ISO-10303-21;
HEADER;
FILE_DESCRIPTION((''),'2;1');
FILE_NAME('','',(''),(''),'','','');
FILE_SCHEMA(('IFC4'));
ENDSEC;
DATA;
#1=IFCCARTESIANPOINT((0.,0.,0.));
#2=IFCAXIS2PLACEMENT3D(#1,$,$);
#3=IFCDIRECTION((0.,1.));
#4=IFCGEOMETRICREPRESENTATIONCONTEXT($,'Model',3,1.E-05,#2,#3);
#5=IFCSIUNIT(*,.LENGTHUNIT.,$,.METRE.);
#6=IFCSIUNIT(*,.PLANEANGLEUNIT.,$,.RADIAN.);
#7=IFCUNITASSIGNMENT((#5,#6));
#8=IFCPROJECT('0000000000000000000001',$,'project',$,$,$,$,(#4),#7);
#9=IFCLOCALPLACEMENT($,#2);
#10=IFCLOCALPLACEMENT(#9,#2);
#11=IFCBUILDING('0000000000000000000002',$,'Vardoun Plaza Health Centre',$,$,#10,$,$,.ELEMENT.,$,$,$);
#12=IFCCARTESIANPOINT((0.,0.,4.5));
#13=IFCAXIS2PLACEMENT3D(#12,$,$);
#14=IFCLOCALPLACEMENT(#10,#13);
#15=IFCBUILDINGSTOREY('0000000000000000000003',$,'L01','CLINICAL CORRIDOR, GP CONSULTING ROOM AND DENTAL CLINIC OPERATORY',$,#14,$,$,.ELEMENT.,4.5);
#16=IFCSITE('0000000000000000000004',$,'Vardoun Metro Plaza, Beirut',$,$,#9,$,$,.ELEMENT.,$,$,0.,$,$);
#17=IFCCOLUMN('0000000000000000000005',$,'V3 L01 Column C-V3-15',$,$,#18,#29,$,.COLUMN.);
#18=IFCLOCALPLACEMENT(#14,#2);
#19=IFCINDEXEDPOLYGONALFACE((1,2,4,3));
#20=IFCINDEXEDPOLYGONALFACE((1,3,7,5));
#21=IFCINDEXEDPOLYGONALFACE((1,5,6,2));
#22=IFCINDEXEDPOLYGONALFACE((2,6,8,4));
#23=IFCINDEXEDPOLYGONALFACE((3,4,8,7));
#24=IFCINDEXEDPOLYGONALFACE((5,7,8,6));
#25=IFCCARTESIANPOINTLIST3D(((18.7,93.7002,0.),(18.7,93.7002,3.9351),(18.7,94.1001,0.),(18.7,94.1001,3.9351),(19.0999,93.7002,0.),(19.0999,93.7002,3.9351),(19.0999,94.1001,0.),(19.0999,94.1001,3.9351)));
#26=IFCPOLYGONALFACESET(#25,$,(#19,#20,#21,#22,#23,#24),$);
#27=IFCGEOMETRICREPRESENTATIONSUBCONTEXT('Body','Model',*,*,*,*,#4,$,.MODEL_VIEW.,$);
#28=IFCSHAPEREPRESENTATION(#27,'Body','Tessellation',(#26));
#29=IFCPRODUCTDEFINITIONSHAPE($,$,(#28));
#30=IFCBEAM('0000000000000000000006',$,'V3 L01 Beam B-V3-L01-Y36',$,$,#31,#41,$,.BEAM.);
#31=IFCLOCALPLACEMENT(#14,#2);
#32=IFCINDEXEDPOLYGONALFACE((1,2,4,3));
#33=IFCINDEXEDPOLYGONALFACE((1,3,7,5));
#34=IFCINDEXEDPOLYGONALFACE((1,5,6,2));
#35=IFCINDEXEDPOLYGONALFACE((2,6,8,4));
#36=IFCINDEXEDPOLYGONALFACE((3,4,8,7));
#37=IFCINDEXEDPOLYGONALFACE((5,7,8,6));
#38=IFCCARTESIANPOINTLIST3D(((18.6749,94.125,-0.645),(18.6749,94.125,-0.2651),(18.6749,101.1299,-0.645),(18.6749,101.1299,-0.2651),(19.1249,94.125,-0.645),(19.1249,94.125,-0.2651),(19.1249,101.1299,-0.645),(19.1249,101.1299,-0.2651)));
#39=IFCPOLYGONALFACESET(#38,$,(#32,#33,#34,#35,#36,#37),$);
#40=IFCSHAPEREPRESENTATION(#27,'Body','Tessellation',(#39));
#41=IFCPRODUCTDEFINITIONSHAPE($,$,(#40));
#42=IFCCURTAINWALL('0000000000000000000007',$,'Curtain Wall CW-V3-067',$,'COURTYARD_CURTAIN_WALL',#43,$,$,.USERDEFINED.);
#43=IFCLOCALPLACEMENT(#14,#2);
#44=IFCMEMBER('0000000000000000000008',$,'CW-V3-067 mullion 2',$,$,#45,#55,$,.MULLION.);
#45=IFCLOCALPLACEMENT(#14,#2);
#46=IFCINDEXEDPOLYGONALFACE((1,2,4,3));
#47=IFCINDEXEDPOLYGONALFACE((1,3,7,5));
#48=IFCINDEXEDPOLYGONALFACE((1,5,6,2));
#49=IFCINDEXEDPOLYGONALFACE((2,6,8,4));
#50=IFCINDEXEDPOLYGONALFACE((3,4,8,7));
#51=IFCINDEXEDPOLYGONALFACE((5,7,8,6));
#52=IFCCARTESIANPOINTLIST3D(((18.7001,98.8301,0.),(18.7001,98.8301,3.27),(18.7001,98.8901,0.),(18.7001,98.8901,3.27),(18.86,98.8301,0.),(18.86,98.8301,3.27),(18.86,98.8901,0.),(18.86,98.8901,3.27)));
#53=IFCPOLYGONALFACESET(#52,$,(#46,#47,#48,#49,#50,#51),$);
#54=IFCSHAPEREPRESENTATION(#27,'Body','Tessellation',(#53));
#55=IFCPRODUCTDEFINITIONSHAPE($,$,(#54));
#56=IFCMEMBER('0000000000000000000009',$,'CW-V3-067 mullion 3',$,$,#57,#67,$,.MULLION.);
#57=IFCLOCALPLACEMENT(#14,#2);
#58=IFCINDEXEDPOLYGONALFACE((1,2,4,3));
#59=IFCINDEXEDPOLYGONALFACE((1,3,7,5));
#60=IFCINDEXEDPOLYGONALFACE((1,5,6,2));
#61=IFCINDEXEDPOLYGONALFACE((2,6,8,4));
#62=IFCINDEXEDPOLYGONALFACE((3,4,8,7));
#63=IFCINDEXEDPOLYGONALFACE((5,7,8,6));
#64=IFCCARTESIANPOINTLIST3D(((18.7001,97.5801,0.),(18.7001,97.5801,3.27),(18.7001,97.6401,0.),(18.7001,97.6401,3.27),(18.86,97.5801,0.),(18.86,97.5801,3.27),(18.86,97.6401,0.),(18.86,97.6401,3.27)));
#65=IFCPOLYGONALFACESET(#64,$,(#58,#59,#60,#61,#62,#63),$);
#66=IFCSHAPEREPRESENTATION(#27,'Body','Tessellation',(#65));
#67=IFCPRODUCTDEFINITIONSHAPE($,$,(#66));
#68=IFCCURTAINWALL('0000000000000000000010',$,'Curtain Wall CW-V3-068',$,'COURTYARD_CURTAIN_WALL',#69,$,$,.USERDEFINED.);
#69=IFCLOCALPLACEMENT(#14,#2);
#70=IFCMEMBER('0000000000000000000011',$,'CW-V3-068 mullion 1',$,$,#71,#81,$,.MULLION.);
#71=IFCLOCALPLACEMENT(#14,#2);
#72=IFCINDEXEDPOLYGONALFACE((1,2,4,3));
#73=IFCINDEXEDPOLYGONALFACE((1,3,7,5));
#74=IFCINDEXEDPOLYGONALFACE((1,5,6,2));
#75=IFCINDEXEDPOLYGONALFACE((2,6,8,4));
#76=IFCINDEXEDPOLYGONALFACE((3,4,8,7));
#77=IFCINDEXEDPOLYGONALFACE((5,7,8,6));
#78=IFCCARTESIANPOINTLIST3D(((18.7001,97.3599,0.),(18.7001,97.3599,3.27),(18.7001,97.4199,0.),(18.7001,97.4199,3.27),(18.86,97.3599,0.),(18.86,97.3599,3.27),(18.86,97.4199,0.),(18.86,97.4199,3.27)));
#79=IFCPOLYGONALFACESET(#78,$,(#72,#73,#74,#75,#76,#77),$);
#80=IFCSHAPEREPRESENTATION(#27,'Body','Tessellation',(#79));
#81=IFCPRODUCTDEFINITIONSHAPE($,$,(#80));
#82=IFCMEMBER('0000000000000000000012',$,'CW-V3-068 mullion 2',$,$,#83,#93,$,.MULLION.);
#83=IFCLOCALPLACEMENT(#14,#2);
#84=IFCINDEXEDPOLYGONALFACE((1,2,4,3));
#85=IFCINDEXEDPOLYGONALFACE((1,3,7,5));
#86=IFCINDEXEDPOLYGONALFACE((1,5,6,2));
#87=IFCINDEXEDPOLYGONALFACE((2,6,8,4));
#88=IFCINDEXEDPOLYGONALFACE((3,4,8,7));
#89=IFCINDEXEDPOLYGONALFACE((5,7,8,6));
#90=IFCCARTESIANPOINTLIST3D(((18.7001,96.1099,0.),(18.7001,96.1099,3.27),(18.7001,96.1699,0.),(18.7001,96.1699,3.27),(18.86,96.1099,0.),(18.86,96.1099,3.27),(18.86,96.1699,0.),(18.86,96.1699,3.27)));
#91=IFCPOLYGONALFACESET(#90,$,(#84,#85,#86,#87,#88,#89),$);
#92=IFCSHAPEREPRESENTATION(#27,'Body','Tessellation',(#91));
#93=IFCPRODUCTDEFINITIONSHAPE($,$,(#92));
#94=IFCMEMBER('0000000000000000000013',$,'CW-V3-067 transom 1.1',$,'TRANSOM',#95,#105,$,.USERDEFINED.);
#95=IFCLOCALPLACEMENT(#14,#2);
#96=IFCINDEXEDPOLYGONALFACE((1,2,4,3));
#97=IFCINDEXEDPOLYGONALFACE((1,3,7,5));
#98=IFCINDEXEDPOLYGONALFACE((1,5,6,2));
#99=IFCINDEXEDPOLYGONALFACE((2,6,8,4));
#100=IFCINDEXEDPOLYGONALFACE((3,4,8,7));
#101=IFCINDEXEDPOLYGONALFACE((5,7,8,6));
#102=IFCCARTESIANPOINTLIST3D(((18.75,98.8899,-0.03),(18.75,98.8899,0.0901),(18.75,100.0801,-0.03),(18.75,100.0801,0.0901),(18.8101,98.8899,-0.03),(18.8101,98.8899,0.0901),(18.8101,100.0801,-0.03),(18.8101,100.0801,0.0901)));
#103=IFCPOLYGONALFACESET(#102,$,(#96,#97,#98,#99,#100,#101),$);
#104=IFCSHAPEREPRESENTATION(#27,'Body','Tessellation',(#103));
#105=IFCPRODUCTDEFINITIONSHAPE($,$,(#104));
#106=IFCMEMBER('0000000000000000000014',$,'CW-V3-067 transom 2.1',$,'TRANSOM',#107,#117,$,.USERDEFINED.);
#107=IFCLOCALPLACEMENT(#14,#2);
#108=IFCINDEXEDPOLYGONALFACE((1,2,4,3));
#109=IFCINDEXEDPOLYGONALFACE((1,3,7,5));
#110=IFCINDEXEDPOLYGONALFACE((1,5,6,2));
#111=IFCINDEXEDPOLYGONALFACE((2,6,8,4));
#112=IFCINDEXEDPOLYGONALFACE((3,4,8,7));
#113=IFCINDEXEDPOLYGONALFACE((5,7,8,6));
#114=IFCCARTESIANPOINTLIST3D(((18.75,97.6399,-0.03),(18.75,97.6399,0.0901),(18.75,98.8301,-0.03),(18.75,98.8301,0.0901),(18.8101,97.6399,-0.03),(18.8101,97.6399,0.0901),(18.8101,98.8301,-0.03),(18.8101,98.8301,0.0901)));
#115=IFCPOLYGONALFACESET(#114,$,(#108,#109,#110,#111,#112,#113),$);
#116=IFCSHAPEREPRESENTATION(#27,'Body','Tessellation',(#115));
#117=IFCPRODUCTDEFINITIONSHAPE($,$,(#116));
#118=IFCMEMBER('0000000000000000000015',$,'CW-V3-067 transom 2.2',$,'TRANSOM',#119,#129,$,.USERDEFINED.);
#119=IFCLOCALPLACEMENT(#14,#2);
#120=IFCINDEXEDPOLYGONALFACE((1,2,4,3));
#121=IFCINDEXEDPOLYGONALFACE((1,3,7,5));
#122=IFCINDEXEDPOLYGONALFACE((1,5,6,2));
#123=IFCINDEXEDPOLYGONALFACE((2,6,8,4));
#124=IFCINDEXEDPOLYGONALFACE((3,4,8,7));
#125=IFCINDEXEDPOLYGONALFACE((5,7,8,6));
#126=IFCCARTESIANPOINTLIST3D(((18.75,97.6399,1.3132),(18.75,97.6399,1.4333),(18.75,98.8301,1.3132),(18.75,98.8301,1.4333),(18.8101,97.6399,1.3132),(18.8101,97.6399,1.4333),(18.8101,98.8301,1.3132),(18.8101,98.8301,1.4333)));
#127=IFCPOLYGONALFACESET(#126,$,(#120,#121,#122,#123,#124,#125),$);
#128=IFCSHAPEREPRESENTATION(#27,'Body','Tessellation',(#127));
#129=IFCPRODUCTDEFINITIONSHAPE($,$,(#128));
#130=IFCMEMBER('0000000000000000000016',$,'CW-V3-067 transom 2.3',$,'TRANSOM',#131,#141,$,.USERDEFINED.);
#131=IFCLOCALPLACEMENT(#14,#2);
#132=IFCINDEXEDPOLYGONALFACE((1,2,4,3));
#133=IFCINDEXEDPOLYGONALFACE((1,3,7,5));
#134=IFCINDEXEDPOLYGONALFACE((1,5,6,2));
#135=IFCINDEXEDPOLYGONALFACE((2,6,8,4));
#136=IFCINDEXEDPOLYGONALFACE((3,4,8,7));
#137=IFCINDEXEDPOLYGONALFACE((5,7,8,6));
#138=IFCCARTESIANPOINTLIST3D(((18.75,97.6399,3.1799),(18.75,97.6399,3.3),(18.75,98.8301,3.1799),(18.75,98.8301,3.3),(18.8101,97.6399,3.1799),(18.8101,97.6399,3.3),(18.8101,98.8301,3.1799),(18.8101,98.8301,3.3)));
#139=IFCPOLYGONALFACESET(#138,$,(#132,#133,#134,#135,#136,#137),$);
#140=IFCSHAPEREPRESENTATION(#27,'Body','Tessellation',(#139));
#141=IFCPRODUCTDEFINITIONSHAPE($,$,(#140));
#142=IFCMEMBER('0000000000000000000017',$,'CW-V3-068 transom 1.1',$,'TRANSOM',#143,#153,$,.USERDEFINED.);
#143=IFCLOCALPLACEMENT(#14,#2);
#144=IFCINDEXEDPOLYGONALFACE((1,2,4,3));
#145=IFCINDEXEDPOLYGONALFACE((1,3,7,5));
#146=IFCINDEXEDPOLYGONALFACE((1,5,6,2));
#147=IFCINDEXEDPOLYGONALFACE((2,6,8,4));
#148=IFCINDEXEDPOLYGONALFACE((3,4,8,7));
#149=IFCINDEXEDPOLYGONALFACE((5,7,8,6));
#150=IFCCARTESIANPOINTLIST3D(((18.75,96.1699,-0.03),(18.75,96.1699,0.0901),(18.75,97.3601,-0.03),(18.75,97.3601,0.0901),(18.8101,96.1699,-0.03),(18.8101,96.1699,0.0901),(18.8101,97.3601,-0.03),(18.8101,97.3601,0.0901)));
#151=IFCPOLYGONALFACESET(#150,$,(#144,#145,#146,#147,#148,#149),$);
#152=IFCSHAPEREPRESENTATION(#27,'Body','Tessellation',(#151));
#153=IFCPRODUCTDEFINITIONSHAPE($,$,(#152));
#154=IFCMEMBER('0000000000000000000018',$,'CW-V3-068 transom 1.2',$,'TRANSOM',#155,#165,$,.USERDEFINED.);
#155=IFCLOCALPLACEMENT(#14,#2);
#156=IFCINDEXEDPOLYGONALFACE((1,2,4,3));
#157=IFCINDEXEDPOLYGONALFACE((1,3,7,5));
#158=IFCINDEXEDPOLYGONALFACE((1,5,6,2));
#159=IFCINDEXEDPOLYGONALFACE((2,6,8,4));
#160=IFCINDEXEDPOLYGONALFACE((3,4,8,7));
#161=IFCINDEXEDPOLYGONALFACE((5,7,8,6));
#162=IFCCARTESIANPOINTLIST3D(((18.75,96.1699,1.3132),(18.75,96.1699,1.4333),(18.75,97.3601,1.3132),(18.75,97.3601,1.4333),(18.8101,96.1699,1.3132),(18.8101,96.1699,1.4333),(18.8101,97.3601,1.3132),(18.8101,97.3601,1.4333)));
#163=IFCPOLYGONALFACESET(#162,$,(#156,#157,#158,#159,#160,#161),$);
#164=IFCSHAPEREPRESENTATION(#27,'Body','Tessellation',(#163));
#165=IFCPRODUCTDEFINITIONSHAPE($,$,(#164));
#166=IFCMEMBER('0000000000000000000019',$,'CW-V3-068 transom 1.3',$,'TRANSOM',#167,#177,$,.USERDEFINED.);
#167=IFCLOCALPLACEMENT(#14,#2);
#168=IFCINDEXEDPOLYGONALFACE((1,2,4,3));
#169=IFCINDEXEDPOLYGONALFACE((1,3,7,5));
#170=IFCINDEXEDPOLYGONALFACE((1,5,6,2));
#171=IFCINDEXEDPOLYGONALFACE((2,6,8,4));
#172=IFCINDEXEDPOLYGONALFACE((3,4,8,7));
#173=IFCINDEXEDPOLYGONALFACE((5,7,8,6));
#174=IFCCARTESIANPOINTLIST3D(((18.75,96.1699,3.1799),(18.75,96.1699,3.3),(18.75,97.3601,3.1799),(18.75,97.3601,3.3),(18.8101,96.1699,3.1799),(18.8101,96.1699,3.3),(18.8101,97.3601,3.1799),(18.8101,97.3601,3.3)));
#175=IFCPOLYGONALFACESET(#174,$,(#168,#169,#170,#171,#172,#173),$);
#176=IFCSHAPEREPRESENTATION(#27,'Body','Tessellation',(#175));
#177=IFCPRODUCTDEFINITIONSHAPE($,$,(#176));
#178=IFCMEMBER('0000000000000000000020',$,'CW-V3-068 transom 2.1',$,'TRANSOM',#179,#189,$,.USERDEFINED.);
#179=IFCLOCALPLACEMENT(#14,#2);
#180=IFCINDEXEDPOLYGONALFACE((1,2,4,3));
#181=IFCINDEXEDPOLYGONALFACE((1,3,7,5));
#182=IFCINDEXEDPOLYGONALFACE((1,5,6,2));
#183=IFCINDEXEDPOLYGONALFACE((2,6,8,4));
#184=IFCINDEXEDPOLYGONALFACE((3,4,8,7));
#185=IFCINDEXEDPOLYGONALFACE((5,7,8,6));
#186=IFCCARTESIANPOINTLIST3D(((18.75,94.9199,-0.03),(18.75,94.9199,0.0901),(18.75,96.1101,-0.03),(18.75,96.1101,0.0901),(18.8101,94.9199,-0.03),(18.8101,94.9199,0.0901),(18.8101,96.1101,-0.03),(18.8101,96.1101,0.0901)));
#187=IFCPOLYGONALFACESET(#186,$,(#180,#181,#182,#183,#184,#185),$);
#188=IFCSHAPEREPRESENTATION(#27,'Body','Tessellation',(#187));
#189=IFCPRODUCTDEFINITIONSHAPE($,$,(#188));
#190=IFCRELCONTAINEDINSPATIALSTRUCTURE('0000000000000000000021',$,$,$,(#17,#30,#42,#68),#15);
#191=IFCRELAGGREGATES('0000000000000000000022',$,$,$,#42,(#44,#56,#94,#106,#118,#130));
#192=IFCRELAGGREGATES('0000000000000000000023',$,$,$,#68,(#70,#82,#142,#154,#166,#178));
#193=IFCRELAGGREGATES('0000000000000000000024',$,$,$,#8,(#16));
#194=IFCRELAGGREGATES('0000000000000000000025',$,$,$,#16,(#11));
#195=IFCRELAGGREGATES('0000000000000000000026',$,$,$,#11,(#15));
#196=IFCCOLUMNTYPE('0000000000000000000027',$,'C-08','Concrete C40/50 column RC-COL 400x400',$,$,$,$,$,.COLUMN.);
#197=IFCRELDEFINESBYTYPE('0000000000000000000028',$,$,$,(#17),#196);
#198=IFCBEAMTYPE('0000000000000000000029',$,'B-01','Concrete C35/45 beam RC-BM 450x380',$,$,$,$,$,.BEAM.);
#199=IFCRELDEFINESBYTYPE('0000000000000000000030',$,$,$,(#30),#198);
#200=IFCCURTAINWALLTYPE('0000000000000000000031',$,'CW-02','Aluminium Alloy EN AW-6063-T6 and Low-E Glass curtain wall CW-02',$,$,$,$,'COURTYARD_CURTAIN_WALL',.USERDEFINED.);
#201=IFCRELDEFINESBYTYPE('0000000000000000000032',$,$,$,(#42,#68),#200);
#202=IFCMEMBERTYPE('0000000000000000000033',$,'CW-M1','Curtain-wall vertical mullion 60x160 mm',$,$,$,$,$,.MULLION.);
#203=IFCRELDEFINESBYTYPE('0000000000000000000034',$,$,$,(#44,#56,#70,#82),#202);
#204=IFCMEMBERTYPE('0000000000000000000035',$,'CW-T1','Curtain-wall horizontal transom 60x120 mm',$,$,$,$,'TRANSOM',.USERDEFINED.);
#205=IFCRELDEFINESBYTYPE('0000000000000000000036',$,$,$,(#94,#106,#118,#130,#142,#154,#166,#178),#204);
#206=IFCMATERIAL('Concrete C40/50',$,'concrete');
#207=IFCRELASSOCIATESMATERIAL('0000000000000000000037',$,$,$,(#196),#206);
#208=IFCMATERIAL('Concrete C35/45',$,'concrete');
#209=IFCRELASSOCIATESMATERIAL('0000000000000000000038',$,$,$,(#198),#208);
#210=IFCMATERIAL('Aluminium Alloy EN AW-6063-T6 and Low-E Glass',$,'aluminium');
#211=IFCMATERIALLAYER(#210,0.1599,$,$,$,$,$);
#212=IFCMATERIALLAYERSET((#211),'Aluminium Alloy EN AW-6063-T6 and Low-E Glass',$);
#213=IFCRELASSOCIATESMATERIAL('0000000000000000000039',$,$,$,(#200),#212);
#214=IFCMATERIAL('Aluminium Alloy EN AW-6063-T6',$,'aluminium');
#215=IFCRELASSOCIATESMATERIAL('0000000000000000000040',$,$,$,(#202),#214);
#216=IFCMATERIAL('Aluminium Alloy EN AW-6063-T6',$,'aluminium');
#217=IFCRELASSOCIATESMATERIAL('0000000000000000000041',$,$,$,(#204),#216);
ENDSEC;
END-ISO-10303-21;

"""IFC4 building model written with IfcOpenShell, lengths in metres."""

from ifc_helpers import new_model, si_unit, direction, frame, origin, origin_2d, place, context, subcontext, project, spatial, rectangle, extrude, material, layer, layer_set, material_profile, profile_set, type_object, element, aggregate, save


model = new_model("IFC4")

# Units and contexts
model_context = context("Model", 3, precision=1e-05, world=origin(), true_north=direction((0.0, 1.0)))
body_context = subcontext(model_context, "Body", "Model", "MODEL_VIEW")
ifc_project = project(units=[si_unit("LENGTHUNIT", "METRE"), si_unit("PLANEANGLEUNIT", "RADIAN")], contexts=[model_context])

# Site, building, storey
site_placement = place(None, origin())
site = spatial("IfcSite", under=ifc_project, at=site_placement, Name="Vardoun Metro Plaza, Beirut", CompositionType="ELEMENT", RefElevation=0.0)
building_placement = place(site_placement, origin())
building = spatial("IfcBuilding", under=site, at=building_placement, Name="Vardoun Plaza Health Centre", CompositionType="ELEMENT")
storey_placement = place(building_placement, frame((0.0, 0.0, 4.5)))
storey = spatial("IfcBuildingStorey", under=building, at=storey_placement, Name="L01", Description="CLINICAL CORRIDOR, GP CONSULTING ROOM AND DENTAL CLINIC OPERATORY", CompositionType="ELEMENT", Elevation=4.5)

# Column
ifc_material_1 = material(Name="Concrete C40/50", Category="concrete")
ifc_material_profile_1 = material_profile(ifc_material_1, rectangle(XDim=0.3999, YDim=0.3999, at=origin_2d()), Name="RC-COL 400x400")
ifc_profile_set_1 = profile_set([ifc_material_profile_1], Name="Concrete C40/50")
column_type = type_object("IfcColumnType", Name="C-08", Description="Concrete C40/50 column RC-COL 400x400", PredefinedType="COLUMN", material=ifc_profile_set_1)
column_placement = place(storey_placement, frame((18.8999, 93.9001, 0.0), z_axis=(0.0, 0.0, 1.0), x_axis=(1.0, 0.0, 0.0)))
element("IfcColumn", 1, at=column_placement, inside=storey, type_object=column_type, Name="V3 L01 Column C-V3-15", PredefinedType="COLUMN", context=body_context, shape_type="SweptSolid", body=[
    extrude(rectangle(XDim=0.3999, YDim=0.3999, at=origin_2d()), origin(), (0.0, 0.0, 1.0), 3.9351),
])

# Beam
ifc_material_2 = material(Name="Concrete C35/45", Category="concrete")
ifc_material_profile_2 = material_profile(ifc_material_2, rectangle(XDim=0.45, YDim=0.3799, at=origin_2d()), Name="RC-BM 450x380")
ifc_profile_set_2 = profile_set([ifc_material_profile_2], Name="Concrete C35/45")
beam_type = type_object("IfcBeamType", Name="B-01", Description="Concrete C35/45 beam RC-BM 450x380", PredefinedType="BEAM", material=ifc_profile_set_2)
beam_placement = place(storey_placement, frame((18.8999, 94.125, -0.4551), z_axis=(0.0, 1.0, 0.0), x_axis=(-1.0, 0.0, 0.0)))
element("IfcBeam", 2, at=beam_placement, inside=storey, type_object=beam_type, Name="V3 L01 Beam B-V3-L01-Y36", PredefinedType="BEAM", context=body_context, shape_type="SweptSolid", body=[
    extrude(rectangle(XDim=0.45, YDim=0.3799, at=origin_2d()), origin(), (0.0, 0.0, 1.0), 7.0049),
])

# Curtain walls, members
ifc_material_3 = material(Name="Aluminium Alloy EN AW-6063-T6 and Low-E Glass", Category="aluminium")
ifc_layer_1 = layer(ifc_material_3, 0.1599)
ifc_layer_set_1 = layer_set([ifc_layer_1], Name="Aluminium Alloy EN AW-6063-T6 and Low-E Glass")
curtain_wall_type = type_object("IfcCurtainWallType", Name="CW-02", Description="Aluminium Alloy EN AW-6063-T6 and Low-E Glass curtain wall CW-02", ElementType="COURTYARD_CURTAIN_WALL", PredefinedType="USERDEFINED", material=ifc_layer_set_1)
curtain_wall_1_placement = place(storey_placement, origin())
curtain_wall_1 = element("IfcCurtainWall", 3, at=curtain_wall_1_placement, inside=storey, type_object=curtain_wall_type, Name="Curtain Wall CW-V3-067", ObjectType="COURTYARD_CURTAIN_WALL", PredefinedType="USERDEFINED")
ifc_material_4 = material(Name="Aluminium Alloy EN AW-6063-T6", Category="aluminium")
ifc_material_profile_3 = material_profile(ifc_material_4, rectangle(XDim=0.1599, YDim=0.0601, at=origin_2d()), Name="CWM 60x160")
ifc_profile_set_3 = profile_set([ifc_material_profile_3], Name="Aluminium Alloy EN AW-6063-T6")
member_type_1 = type_object("IfcMemberType", Name="CW-M1", Description="Curtain-wall vertical mullion 60x160 mm", PredefinedType="MULLION", material=ifc_profile_set_3)
member_1_placement = place(storey_placement, frame((18.78, 98.8601, 0.0), z_axis=(0.0, 0.0, 1.0), x_axis=(1.0, 0.0, 0.0)))
member_1 = element("IfcMember", 4, at=member_1_placement, type_object=member_type_1, Name="CW-V3-067 mullion 2", PredefinedType="MULLION", context=body_context, shape_type="SweptSolid", body=[
    extrude(rectangle(XDim=0.1599, YDim=0.0601, at=origin_2d()), origin(), (0.0, 0.0, 1.0), 3.27),
])
member_2_placement = place(storey_placement, frame((18.78, 97.6101, 0.0), z_axis=(0.0, 0.0, 1.0), x_axis=(1.0, 0.0, 0.0)))
member_2 = element("IfcMember", 5, at=member_2_placement, type_object=member_type_1, Name="CW-V3-067 mullion 3", PredefinedType="MULLION", context=body_context, shape_type="SweptSolid", body=[
    extrude(rectangle(XDim=0.1599, YDim=0.0601, at=origin_2d()), origin(), (0.0, 0.0, 1.0), 3.27),
])
curtain_wall_2_placement = place(storey_placement, origin())
curtain_wall_2 = element("IfcCurtainWall", 6, at=curtain_wall_2_placement, inside=storey, type_object=curtain_wall_type, Name="Curtain Wall CW-V3-068", ObjectType="COURTYARD_CURTAIN_WALL", PredefinedType="USERDEFINED")
member_3_placement = place(storey_placement, frame((18.78, 97.3899, 0.0), z_axis=(0.0, 0.0, 1.0), x_axis=(1.0, 0.0, 0.0)))
member_3 = element("IfcMember", 7, at=member_3_placement, type_object=member_type_1, Name="CW-V3-068 mullion 1", PredefinedType="MULLION", context=body_context, shape_type="SweptSolid", body=[
    extrude(rectangle(XDim=0.1599, YDim=0.0601, at=origin_2d()), origin(), (0.0, 0.0, 1.0), 3.27),
])
member_4_placement = place(storey_placement, frame((18.78, 96.1399, 0.0), z_axis=(0.0, 0.0, 1.0), x_axis=(1.0, 0.0, 0.0)))
member_4 = element("IfcMember", 8, at=member_4_placement, type_object=member_type_1, Name="CW-V3-068 mullion 2", PredefinedType="MULLION", context=body_context, shape_type="SweptSolid", body=[
    extrude(rectangle(XDim=0.1599, YDim=0.0601, at=origin_2d()), origin(), (0.0, 0.0, 1.0), 3.27),
])

# Members
ifc_material_5 = material(Name="Aluminium Alloy EN AW-6063-T6", Category="aluminium")
ifc_material_profile_4 = material_profile(ifc_material_5, rectangle(XDim=0.0601, YDim=0.1201, at=origin_2d()), Name="CWT 60x120")
ifc_profile_set_4 = profile_set([ifc_material_profile_4], Name="Aluminium Alloy EN AW-6063-T6")
member_type_2 = type_object("IfcMemberType", Name="CW-T1", Description="Curtain-wall horizontal transom 60x120 mm", ElementType="TRANSOM", PredefinedType="USERDEFINED", material=ifc_profile_set_4)
member_5_placement = place(storey_placement, frame((18.78, 100.0801, 0.03), z_axis=(0.0, -1.0, 0.0), x_axis=(1.0, 0.0, 0.0)))
member_5 = element("IfcMember", 9, at=member_5_placement, type_object=member_type_2, Name="CW-V3-067 transom 1.1", ObjectType="TRANSOM", PredefinedType="USERDEFINED", context=body_context, shape_type="SweptSolid", body=[
    extrude(rectangle(XDim=0.0601, YDim=0.1201, at=origin_2d()), origin(), (0.0, 0.0, 1.0), 1.1902),
])
member_6_placement = place(storey_placement, frame((18.78, 98.8301, 0.03), z_axis=(0.0, -1.0, 0.0), x_axis=(1.0, 0.0, 0.0)))
member_6 = element("IfcMember", 10, at=member_6_placement, type_object=member_type_2, Name="CW-V3-067 transom 2.1", ObjectType="TRANSOM", PredefinedType="USERDEFINED", context=body_context, shape_type="SweptSolid", body=[
    extrude(rectangle(XDim=0.0601, YDim=0.1201, at=origin_2d()), origin(), (0.0, 0.0, 1.0), 1.1902),
])
member_7_placement = place(storey_placement, frame((18.78, 98.8301, 1.3733), z_axis=(0.0, -1.0, 0.0), x_axis=(1.0, 0.0, 0.0)))
member_7 = element("IfcMember", 11, at=member_7_placement, type_object=member_type_2, Name="CW-V3-067 transom 2.2", ObjectType="TRANSOM", PredefinedType="USERDEFINED", context=body_context, shape_type="SweptSolid", body=[
    extrude(rectangle(XDim=0.0601, YDim=0.1201, at=origin_2d()), origin(), (0.0, 0.0, 1.0), 1.1902),
])
member_8_placement = place(storey_placement, frame((18.78, 98.8301, 3.24), z_axis=(0.0, -1.0, 0.0), x_axis=(1.0, 0.0, 0.0)))
member_8 = element("IfcMember", 12, at=member_8_placement, type_object=member_type_2, Name="CW-V3-067 transom 2.3", ObjectType="TRANSOM", PredefinedType="USERDEFINED", context=body_context, shape_type="SweptSolid", body=[
    extrude(rectangle(XDim=0.0601, YDim=0.1201, at=origin_2d()), origin(), (0.0, 0.0, 1.0), 1.1902),
])
member_9_placement = place(storey_placement, frame((18.78, 97.3601, 0.03), z_axis=(0.0, -1.0, 0.0), x_axis=(1.0, 0.0, 0.0)))
member_9 = element("IfcMember", 13, at=member_9_placement, type_object=member_type_2, Name="CW-V3-068 transom 1.1", ObjectType="TRANSOM", PredefinedType="USERDEFINED", context=body_context, shape_type="SweptSolid", body=[
    extrude(rectangle(XDim=0.0601, YDim=0.1201, at=origin_2d()), origin(), (0.0, 0.0, 1.0), 1.1902),
])
member_10_placement = place(storey_placement, frame((18.78, 97.3601, 1.3733), z_axis=(0.0, -1.0, 0.0), x_axis=(1.0, 0.0, 0.0)))
member_10 = element("IfcMember", 14, at=member_10_placement, type_object=member_type_2, Name="CW-V3-068 transom 1.2", ObjectType="TRANSOM", PredefinedType="USERDEFINED", context=body_context, shape_type="SweptSolid", body=[
    extrude(rectangle(XDim=0.0601, YDim=0.1201, at=origin_2d()), origin(), (0.0, 0.0, 1.0), 1.1902),
])
member_11_placement = place(storey_placement, frame((18.78, 97.3601, 3.24), z_axis=(0.0, -1.0, 0.0), x_axis=(1.0, 0.0, 0.0)))
member_11 = element("IfcMember", 15, at=member_11_placement, type_object=member_type_2, Name="CW-V3-068 transom 1.3", ObjectType="TRANSOM", PredefinedType="USERDEFINED", context=body_context, shape_type="SweptSolid", body=[
    extrude(rectangle(XDim=0.0601, YDim=0.1201, at=origin_2d()), origin(), (0.0, 0.0, 1.0), 1.1902),
])
member_12_placement = place(storey_placement, frame((18.78, 96.1101, 0.03), z_axis=(0.0, -1.0, 0.0), x_axis=(1.0, 0.0, 0.0)))
member_12 = element("IfcMember", 16, at=member_12_placement, type_object=member_type_2, Name="CW-V3-068 transom 2.1", ObjectType="TRANSOM", PredefinedType="USERDEFINED", context=body_context, shape_type="SweptSolid", body=[
    extrude(rectangle(XDim=0.0601, YDim=0.1201, at=origin_2d()), origin(), (0.0, 0.0, 1.0), 1.1902),
])

aggregate(curtain_wall_1, [member_1, member_2, member_5, member_6, member_7, member_8])
aggregate(curtain_wall_2, [member_3, member_4, member_9, member_10, member_11, member_12])

save(model, "model.ifc")
